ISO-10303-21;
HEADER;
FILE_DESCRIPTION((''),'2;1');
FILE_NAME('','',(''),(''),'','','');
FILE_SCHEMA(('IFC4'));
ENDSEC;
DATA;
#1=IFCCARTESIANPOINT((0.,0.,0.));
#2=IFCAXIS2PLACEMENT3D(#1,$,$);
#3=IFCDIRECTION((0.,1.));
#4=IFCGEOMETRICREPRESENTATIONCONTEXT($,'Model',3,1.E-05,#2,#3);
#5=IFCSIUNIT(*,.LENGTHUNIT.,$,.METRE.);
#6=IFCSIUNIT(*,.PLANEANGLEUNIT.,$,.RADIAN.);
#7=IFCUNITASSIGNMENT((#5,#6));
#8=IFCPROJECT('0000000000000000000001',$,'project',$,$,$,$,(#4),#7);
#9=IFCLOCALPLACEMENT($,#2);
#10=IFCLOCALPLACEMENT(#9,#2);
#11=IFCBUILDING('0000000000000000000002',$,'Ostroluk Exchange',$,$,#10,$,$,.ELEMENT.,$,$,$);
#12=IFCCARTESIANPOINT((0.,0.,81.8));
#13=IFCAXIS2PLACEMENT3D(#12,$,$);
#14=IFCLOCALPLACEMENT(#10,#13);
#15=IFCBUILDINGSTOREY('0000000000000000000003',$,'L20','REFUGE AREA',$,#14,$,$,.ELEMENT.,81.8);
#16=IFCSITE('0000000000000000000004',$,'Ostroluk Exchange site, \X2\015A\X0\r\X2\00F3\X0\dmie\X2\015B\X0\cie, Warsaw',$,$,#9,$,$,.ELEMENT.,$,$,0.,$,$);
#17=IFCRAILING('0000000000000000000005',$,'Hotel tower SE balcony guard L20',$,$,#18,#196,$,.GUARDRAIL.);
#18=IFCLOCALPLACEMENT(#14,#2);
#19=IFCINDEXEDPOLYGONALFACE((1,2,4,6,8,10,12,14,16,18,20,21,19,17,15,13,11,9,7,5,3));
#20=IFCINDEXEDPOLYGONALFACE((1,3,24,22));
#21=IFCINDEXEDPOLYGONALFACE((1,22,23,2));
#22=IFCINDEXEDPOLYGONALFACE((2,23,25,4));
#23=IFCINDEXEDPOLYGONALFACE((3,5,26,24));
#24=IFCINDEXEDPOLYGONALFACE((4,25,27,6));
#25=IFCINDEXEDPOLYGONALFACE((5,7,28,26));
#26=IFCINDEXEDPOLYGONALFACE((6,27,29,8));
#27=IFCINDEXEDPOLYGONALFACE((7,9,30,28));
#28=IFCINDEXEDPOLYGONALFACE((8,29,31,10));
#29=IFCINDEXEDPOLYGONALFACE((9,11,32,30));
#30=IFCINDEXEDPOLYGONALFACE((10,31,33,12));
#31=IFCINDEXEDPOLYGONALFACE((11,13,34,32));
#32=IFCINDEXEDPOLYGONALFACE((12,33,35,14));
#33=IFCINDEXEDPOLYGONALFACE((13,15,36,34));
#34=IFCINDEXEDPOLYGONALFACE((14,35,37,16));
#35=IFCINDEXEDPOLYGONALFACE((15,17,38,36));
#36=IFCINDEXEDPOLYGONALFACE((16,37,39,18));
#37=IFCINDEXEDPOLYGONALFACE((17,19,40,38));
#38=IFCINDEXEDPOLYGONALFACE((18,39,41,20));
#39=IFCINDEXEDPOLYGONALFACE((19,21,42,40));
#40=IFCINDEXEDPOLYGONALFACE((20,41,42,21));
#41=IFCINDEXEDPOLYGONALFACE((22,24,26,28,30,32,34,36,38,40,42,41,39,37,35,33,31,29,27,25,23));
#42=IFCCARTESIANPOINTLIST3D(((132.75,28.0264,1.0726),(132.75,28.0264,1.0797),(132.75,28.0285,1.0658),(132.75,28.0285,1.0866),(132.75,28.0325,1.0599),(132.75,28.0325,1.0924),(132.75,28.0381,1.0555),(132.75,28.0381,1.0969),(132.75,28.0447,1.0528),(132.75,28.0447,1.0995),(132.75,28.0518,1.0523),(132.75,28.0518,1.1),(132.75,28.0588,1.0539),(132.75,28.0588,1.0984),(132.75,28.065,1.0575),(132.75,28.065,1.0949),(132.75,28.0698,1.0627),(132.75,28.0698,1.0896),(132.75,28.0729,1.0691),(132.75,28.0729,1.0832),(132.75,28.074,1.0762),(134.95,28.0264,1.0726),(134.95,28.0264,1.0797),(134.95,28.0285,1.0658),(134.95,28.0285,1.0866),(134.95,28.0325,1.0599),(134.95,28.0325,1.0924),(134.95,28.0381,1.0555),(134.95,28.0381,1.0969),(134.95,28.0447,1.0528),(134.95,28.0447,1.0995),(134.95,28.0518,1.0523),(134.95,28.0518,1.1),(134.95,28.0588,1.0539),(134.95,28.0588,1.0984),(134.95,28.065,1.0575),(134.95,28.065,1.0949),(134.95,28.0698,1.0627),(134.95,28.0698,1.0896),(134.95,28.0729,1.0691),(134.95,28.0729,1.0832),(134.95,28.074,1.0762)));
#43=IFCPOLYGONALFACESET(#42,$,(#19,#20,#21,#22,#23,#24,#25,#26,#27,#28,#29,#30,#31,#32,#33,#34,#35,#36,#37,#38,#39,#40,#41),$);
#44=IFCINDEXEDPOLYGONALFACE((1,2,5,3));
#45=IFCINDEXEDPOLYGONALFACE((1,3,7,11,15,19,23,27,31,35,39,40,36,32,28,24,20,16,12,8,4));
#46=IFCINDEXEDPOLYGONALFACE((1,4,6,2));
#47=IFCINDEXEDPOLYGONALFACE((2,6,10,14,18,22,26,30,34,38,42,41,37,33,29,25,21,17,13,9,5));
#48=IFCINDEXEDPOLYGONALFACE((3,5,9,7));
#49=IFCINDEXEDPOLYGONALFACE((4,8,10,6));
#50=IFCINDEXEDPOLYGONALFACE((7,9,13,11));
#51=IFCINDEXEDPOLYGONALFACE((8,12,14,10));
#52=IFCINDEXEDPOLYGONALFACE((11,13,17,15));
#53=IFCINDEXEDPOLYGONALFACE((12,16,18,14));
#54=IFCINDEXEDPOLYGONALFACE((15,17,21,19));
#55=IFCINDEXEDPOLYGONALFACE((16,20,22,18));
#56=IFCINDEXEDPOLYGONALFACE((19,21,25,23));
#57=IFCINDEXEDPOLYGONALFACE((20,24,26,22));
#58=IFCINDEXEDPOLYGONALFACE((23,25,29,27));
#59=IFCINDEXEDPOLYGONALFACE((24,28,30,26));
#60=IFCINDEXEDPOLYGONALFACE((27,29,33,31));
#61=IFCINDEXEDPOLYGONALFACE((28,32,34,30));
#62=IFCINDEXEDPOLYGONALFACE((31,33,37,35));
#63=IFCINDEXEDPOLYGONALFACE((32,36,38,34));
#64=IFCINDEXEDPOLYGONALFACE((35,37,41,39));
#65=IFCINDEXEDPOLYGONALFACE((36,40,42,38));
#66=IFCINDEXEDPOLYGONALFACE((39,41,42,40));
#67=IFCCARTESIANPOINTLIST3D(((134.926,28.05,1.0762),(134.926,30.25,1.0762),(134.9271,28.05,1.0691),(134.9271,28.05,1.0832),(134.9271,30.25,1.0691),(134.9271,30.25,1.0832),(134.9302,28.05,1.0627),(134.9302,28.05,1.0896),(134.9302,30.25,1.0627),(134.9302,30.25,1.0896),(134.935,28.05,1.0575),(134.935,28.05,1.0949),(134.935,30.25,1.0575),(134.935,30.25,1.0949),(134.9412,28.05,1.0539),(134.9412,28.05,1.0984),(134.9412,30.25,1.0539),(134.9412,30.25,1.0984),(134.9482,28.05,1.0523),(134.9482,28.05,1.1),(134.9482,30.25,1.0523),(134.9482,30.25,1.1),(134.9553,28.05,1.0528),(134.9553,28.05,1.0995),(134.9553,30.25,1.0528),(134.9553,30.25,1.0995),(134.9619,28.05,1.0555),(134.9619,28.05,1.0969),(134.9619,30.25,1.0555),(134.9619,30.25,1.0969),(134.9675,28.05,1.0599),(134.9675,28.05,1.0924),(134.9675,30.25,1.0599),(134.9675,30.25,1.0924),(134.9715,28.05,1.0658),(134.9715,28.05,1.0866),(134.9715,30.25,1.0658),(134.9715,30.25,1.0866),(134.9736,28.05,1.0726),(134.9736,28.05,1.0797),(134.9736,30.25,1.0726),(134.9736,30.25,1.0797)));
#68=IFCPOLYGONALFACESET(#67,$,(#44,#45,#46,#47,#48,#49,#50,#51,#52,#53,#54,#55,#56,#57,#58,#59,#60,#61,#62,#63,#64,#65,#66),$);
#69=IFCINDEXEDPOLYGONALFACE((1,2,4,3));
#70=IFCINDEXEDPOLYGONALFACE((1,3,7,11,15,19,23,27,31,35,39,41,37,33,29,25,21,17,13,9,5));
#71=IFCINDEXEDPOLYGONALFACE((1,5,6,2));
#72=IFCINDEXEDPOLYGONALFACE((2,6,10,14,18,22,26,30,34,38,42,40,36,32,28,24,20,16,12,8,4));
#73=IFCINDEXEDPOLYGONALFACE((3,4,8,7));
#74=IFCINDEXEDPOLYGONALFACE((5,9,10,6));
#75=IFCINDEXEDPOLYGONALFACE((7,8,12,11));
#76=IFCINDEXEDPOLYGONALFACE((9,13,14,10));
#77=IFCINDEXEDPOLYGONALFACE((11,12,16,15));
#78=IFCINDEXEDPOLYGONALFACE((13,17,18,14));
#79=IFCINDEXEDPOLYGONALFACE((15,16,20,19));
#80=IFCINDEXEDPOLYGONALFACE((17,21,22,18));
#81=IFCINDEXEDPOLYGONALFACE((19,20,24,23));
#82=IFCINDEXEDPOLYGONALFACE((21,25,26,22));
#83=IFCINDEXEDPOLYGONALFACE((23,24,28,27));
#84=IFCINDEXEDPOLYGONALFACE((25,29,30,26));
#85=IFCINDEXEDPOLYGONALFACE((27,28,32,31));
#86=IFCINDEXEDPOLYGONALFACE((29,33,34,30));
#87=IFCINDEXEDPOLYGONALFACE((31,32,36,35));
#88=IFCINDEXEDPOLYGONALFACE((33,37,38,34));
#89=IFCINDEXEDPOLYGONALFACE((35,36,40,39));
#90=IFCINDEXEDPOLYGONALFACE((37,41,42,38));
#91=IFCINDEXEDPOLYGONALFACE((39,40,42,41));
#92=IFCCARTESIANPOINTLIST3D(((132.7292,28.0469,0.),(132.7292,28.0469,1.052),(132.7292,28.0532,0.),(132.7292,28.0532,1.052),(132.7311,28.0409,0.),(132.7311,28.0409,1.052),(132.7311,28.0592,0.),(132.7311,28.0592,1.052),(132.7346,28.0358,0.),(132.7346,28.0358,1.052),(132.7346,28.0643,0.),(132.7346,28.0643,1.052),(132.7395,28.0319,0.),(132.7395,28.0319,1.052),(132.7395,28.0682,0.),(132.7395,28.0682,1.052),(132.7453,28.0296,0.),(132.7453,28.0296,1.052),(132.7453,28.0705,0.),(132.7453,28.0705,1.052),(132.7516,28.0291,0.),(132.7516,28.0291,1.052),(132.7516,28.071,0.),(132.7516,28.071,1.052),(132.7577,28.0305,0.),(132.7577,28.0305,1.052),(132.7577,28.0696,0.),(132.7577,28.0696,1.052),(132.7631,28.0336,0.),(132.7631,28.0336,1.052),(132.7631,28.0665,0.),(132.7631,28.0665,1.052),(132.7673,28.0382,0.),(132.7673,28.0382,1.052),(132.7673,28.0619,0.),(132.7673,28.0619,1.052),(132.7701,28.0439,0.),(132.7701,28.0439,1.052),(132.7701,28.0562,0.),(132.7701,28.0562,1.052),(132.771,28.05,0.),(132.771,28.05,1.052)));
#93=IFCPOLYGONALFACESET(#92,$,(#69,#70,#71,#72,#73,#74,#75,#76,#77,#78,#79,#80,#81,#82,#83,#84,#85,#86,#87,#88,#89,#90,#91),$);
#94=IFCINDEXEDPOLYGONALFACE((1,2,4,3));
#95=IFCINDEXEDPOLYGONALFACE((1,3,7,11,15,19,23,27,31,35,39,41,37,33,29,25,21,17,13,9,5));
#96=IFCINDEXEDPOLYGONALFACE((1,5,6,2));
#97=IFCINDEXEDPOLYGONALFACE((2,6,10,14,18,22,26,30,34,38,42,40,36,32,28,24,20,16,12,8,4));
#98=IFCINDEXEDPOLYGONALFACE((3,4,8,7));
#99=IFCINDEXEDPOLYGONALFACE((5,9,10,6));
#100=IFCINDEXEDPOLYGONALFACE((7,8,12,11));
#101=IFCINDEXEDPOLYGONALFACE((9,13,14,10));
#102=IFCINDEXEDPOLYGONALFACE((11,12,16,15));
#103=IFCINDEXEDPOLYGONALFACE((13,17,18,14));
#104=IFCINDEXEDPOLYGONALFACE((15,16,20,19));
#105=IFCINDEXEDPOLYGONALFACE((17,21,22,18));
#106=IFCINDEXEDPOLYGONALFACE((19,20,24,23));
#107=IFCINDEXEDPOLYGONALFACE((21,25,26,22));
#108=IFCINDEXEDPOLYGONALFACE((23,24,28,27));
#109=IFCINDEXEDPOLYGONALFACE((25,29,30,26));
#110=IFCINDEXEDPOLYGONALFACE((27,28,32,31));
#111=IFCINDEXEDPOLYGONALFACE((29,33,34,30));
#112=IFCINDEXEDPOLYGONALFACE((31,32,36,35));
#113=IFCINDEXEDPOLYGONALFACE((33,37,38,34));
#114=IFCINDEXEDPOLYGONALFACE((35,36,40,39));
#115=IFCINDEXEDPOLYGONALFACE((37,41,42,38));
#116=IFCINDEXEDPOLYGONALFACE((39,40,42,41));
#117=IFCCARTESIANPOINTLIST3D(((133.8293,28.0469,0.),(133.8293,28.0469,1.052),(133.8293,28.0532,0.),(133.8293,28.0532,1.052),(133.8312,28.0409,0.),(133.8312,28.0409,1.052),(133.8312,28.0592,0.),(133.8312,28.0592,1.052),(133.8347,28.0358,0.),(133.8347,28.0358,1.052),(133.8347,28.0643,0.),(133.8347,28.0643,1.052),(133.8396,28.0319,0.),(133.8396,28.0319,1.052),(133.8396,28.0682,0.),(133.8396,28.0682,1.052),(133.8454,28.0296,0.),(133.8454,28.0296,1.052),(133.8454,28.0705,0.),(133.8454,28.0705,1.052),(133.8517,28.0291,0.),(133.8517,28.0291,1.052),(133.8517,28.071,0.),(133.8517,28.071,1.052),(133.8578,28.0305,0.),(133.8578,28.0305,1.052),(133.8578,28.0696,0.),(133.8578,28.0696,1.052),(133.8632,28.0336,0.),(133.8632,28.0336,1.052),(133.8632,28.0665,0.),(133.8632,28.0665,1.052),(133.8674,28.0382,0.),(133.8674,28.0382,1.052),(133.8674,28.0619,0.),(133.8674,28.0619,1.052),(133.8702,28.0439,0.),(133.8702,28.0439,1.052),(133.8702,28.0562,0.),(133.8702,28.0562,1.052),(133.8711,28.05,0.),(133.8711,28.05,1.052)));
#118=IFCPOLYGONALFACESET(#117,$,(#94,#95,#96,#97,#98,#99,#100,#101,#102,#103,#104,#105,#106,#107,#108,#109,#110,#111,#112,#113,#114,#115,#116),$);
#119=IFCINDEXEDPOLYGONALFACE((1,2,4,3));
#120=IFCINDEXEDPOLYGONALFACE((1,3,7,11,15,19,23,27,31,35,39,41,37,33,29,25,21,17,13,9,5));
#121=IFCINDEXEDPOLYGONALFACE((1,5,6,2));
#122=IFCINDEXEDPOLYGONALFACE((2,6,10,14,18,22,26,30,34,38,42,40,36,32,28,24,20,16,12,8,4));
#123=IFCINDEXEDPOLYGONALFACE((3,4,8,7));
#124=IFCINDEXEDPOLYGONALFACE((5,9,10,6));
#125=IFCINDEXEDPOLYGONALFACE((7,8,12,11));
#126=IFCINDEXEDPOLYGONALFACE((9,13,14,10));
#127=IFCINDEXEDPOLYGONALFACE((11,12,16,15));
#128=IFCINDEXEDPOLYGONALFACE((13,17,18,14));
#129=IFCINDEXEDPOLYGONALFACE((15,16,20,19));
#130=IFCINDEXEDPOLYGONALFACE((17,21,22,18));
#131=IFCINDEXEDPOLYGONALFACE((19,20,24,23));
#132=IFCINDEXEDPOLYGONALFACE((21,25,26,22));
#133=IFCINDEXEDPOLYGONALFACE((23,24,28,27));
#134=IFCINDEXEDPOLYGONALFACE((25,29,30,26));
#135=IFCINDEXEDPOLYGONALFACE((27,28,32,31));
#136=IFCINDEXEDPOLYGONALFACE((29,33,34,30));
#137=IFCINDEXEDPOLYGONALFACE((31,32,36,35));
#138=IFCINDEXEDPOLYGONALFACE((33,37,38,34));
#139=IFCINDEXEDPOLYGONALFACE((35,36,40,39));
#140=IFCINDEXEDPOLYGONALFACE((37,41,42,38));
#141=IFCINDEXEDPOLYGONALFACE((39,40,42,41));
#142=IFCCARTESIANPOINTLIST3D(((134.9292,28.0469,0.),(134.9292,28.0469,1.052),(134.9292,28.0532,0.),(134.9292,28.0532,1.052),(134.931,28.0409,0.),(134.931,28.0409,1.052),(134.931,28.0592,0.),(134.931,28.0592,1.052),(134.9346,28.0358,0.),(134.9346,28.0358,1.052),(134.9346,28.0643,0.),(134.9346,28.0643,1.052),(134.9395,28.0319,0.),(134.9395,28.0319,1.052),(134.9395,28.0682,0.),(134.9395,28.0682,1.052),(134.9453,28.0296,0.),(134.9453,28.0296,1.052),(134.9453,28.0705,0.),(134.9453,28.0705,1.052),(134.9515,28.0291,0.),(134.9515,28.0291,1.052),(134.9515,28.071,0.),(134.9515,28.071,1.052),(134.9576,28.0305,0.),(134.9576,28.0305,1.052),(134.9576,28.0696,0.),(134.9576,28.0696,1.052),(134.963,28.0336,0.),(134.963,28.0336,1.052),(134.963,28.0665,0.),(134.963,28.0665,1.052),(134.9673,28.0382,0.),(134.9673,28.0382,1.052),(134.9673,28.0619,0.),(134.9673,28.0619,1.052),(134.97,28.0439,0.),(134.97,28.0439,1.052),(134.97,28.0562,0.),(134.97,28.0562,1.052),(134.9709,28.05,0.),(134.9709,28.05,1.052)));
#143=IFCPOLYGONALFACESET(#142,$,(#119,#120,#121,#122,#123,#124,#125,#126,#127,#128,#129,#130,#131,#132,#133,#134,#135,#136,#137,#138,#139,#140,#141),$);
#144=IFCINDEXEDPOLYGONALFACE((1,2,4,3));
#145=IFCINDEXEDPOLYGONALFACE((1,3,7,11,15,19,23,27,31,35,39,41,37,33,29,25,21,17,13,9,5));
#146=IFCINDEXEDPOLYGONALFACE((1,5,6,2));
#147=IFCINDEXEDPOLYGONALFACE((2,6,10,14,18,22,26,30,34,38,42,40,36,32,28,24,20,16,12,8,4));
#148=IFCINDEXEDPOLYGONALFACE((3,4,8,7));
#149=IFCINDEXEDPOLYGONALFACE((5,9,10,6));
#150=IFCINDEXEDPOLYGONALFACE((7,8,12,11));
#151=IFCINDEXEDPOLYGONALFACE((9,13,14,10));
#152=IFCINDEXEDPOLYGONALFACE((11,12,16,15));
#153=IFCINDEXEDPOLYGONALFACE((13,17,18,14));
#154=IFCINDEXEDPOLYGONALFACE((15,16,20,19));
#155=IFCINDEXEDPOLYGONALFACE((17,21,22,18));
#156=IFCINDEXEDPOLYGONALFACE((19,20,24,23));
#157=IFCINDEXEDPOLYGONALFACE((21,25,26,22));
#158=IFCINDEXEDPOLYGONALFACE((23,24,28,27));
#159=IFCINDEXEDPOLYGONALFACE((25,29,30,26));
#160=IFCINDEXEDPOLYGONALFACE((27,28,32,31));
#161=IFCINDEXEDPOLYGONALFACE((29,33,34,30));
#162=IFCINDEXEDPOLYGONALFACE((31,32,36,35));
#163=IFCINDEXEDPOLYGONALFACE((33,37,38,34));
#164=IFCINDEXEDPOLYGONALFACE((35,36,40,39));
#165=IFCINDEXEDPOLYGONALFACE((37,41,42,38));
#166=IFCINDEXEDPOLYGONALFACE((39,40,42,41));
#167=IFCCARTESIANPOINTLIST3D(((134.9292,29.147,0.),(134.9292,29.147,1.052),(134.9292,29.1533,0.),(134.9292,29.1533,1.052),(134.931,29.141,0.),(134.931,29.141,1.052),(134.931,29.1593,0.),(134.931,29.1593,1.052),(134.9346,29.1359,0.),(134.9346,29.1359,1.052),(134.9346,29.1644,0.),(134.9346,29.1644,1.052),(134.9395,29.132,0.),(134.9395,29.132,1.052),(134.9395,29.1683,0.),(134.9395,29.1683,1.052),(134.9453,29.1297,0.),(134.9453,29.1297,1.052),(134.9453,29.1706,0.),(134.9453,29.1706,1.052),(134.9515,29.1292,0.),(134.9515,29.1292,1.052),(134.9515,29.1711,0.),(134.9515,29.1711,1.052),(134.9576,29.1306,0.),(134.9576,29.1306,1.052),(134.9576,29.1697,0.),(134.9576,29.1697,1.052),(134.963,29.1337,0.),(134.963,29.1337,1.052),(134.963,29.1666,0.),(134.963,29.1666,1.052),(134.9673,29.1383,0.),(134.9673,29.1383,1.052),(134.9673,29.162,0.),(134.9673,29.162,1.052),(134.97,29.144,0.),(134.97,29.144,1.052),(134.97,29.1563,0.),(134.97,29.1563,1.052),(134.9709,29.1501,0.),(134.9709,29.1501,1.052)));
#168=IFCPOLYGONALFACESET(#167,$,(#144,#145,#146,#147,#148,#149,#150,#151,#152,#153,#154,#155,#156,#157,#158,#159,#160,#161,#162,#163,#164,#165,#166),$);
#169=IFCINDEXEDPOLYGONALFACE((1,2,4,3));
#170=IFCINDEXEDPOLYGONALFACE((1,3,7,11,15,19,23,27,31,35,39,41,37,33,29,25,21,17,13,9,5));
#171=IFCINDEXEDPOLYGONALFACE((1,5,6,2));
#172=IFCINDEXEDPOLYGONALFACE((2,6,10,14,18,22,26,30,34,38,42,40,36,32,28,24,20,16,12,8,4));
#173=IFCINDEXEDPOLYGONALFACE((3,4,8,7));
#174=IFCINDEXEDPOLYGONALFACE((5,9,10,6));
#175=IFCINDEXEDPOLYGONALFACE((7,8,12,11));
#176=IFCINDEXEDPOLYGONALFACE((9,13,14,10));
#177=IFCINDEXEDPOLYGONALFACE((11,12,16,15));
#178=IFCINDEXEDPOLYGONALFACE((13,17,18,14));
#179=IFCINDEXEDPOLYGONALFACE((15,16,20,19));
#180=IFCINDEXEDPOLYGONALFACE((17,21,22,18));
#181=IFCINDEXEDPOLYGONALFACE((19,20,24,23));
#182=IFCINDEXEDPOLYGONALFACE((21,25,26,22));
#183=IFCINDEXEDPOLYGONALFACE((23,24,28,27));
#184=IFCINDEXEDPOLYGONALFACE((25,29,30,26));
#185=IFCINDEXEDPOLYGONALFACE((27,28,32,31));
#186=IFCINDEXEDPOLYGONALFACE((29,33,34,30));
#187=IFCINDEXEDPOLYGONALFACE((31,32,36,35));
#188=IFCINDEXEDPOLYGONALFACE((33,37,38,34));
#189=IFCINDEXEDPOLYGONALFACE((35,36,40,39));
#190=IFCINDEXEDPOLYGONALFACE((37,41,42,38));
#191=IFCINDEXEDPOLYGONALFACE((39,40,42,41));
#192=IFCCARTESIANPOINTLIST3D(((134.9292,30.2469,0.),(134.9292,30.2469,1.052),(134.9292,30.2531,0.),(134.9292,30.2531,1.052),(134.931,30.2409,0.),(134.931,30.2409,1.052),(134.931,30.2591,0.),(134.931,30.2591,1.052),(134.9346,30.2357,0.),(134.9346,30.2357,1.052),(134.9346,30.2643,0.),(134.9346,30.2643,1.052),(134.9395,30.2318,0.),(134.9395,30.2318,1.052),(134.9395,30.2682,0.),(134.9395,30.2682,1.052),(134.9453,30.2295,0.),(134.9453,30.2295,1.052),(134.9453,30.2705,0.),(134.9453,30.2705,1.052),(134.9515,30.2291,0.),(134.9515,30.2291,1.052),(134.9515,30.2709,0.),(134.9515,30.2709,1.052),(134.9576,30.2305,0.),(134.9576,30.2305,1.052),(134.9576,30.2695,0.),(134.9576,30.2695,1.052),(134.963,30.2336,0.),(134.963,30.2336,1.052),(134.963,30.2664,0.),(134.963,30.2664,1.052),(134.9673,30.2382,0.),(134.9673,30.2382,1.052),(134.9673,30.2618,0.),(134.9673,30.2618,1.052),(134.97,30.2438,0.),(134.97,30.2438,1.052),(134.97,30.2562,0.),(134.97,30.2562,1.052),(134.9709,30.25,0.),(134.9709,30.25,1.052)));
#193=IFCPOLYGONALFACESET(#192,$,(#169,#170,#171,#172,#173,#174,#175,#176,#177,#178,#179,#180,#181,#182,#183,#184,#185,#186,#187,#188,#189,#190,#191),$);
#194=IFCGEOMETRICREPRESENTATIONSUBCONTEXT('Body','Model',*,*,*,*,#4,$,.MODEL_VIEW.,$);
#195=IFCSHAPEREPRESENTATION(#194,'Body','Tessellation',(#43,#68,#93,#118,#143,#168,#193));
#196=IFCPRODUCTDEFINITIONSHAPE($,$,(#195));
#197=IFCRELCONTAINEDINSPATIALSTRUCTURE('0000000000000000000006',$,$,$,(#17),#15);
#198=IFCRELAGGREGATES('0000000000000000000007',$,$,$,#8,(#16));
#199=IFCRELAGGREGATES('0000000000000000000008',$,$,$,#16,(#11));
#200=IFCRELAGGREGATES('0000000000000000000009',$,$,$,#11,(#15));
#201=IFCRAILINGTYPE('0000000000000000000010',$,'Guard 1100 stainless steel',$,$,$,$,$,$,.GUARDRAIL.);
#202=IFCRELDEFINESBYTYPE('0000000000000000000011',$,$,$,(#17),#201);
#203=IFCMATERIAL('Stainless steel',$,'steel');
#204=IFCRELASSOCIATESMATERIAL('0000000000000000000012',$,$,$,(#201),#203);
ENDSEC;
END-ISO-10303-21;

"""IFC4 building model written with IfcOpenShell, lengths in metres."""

from ifc_helpers import new_model, si_unit, direction, frame, origin, origin_2d, place, context, subcontext, project, spatial, circle, extrude, material, type_object, element, save


model = new_model("IFC4")

# Units and contexts
model_context = context("Model", 3, precision=1e-05, world=origin(), true_north=direction((0.0, 1.0)))
body_context = subcontext(model_context, "Body", "Model", "MODEL_VIEW")
ifc_project = project(units=[si_unit("LENGTHUNIT", "METRE"), si_unit("PLANEANGLEUNIT", "RADIAN")], contexts=[model_context])

# Site, building, storey
site_placement = place(None, origin())
site = spatial("IfcSite", under=ifc_project, at=site_placement, Name="Ostroluk Exchange site, Śródmieście, Warsaw", CompositionType="ELEMENT", RefElevation=0.0)
building_placement = place(site_placement, origin())
building = spatial("IfcBuilding", under=site, at=building_placement, Name="Ostroluk Exchange", CompositionType="ELEMENT")
storey_placement = place(building_placement, frame((0.0, 0.0, 81.8)))
storey = spatial("IfcBuildingStorey", under=building, at=storey_placement, Name="L20", Description="REFUGE AREA", CompositionType="ELEMENT", Elevation=81.8)

# Railing
ifc_material_1 = material(Name="Stainless steel", Category="steel")
railing_type_1 = type_object("IfcRailingType", Name="Guard 1100 stainless steel", PredefinedType="GUARDRAIL", material=ifc_material_1)
railing_1_placement = place(storey_placement, frame((132.75, 28.05, 0.0)))
element("IfcRailing", 1, at=railing_1_placement, inside=storey, type_object=railing_type_1, Name="Hotel tower SE balcony guard L20", PredefinedType="GUARDRAIL", context=body_context, shape_type="SweptSolid", body=[
    extrude(circle(Radius=0.0239, at=origin_2d()), frame((0.0, 0.0, 1.0762), z_axis=(1.0, 0.0, 0.0), x_axis=(0.0, 1.0, 0.0)), (0.0, 0.0, 1.0), 2.2),
    extrude(circle(Radius=0.0239, at=origin_2d()), frame((2.2, 0.0, 1.0762), z_axis=(0.0, 1.0, 0.0), x_axis=(-1.0, 0.0, 0.0)), (0.0, 0.0, 1.0), 2.2),
    extrude(circle(Radius=0.021, at=origin_2d()), origin(), (0.0, 0.0, 1.0), 1.052),
    extrude(circle(Radius=0.021, at=origin_2d()), frame((1.1001, 0.0, 0.0)), (0.0, 0.0, 1.0), 1.052),
    extrude(circle(Radius=0.021, at=origin_2d()), frame((2.2, 0.0, 0.0)), (0.0, 0.0, 1.0), 1.052),
    extrude(circle(Radius=0.021, at=origin_2d()), frame((2.2, 1.1001, 0.0)), (0.0, 0.0, 1.0), 1.052),
    extrude(circle(Radius=0.021, at=origin_2d()), frame((2.2, 2.2, 0.0)), (0.0, 0.0, 1.0), 1.052),
])

save(model, "model.ifc")
